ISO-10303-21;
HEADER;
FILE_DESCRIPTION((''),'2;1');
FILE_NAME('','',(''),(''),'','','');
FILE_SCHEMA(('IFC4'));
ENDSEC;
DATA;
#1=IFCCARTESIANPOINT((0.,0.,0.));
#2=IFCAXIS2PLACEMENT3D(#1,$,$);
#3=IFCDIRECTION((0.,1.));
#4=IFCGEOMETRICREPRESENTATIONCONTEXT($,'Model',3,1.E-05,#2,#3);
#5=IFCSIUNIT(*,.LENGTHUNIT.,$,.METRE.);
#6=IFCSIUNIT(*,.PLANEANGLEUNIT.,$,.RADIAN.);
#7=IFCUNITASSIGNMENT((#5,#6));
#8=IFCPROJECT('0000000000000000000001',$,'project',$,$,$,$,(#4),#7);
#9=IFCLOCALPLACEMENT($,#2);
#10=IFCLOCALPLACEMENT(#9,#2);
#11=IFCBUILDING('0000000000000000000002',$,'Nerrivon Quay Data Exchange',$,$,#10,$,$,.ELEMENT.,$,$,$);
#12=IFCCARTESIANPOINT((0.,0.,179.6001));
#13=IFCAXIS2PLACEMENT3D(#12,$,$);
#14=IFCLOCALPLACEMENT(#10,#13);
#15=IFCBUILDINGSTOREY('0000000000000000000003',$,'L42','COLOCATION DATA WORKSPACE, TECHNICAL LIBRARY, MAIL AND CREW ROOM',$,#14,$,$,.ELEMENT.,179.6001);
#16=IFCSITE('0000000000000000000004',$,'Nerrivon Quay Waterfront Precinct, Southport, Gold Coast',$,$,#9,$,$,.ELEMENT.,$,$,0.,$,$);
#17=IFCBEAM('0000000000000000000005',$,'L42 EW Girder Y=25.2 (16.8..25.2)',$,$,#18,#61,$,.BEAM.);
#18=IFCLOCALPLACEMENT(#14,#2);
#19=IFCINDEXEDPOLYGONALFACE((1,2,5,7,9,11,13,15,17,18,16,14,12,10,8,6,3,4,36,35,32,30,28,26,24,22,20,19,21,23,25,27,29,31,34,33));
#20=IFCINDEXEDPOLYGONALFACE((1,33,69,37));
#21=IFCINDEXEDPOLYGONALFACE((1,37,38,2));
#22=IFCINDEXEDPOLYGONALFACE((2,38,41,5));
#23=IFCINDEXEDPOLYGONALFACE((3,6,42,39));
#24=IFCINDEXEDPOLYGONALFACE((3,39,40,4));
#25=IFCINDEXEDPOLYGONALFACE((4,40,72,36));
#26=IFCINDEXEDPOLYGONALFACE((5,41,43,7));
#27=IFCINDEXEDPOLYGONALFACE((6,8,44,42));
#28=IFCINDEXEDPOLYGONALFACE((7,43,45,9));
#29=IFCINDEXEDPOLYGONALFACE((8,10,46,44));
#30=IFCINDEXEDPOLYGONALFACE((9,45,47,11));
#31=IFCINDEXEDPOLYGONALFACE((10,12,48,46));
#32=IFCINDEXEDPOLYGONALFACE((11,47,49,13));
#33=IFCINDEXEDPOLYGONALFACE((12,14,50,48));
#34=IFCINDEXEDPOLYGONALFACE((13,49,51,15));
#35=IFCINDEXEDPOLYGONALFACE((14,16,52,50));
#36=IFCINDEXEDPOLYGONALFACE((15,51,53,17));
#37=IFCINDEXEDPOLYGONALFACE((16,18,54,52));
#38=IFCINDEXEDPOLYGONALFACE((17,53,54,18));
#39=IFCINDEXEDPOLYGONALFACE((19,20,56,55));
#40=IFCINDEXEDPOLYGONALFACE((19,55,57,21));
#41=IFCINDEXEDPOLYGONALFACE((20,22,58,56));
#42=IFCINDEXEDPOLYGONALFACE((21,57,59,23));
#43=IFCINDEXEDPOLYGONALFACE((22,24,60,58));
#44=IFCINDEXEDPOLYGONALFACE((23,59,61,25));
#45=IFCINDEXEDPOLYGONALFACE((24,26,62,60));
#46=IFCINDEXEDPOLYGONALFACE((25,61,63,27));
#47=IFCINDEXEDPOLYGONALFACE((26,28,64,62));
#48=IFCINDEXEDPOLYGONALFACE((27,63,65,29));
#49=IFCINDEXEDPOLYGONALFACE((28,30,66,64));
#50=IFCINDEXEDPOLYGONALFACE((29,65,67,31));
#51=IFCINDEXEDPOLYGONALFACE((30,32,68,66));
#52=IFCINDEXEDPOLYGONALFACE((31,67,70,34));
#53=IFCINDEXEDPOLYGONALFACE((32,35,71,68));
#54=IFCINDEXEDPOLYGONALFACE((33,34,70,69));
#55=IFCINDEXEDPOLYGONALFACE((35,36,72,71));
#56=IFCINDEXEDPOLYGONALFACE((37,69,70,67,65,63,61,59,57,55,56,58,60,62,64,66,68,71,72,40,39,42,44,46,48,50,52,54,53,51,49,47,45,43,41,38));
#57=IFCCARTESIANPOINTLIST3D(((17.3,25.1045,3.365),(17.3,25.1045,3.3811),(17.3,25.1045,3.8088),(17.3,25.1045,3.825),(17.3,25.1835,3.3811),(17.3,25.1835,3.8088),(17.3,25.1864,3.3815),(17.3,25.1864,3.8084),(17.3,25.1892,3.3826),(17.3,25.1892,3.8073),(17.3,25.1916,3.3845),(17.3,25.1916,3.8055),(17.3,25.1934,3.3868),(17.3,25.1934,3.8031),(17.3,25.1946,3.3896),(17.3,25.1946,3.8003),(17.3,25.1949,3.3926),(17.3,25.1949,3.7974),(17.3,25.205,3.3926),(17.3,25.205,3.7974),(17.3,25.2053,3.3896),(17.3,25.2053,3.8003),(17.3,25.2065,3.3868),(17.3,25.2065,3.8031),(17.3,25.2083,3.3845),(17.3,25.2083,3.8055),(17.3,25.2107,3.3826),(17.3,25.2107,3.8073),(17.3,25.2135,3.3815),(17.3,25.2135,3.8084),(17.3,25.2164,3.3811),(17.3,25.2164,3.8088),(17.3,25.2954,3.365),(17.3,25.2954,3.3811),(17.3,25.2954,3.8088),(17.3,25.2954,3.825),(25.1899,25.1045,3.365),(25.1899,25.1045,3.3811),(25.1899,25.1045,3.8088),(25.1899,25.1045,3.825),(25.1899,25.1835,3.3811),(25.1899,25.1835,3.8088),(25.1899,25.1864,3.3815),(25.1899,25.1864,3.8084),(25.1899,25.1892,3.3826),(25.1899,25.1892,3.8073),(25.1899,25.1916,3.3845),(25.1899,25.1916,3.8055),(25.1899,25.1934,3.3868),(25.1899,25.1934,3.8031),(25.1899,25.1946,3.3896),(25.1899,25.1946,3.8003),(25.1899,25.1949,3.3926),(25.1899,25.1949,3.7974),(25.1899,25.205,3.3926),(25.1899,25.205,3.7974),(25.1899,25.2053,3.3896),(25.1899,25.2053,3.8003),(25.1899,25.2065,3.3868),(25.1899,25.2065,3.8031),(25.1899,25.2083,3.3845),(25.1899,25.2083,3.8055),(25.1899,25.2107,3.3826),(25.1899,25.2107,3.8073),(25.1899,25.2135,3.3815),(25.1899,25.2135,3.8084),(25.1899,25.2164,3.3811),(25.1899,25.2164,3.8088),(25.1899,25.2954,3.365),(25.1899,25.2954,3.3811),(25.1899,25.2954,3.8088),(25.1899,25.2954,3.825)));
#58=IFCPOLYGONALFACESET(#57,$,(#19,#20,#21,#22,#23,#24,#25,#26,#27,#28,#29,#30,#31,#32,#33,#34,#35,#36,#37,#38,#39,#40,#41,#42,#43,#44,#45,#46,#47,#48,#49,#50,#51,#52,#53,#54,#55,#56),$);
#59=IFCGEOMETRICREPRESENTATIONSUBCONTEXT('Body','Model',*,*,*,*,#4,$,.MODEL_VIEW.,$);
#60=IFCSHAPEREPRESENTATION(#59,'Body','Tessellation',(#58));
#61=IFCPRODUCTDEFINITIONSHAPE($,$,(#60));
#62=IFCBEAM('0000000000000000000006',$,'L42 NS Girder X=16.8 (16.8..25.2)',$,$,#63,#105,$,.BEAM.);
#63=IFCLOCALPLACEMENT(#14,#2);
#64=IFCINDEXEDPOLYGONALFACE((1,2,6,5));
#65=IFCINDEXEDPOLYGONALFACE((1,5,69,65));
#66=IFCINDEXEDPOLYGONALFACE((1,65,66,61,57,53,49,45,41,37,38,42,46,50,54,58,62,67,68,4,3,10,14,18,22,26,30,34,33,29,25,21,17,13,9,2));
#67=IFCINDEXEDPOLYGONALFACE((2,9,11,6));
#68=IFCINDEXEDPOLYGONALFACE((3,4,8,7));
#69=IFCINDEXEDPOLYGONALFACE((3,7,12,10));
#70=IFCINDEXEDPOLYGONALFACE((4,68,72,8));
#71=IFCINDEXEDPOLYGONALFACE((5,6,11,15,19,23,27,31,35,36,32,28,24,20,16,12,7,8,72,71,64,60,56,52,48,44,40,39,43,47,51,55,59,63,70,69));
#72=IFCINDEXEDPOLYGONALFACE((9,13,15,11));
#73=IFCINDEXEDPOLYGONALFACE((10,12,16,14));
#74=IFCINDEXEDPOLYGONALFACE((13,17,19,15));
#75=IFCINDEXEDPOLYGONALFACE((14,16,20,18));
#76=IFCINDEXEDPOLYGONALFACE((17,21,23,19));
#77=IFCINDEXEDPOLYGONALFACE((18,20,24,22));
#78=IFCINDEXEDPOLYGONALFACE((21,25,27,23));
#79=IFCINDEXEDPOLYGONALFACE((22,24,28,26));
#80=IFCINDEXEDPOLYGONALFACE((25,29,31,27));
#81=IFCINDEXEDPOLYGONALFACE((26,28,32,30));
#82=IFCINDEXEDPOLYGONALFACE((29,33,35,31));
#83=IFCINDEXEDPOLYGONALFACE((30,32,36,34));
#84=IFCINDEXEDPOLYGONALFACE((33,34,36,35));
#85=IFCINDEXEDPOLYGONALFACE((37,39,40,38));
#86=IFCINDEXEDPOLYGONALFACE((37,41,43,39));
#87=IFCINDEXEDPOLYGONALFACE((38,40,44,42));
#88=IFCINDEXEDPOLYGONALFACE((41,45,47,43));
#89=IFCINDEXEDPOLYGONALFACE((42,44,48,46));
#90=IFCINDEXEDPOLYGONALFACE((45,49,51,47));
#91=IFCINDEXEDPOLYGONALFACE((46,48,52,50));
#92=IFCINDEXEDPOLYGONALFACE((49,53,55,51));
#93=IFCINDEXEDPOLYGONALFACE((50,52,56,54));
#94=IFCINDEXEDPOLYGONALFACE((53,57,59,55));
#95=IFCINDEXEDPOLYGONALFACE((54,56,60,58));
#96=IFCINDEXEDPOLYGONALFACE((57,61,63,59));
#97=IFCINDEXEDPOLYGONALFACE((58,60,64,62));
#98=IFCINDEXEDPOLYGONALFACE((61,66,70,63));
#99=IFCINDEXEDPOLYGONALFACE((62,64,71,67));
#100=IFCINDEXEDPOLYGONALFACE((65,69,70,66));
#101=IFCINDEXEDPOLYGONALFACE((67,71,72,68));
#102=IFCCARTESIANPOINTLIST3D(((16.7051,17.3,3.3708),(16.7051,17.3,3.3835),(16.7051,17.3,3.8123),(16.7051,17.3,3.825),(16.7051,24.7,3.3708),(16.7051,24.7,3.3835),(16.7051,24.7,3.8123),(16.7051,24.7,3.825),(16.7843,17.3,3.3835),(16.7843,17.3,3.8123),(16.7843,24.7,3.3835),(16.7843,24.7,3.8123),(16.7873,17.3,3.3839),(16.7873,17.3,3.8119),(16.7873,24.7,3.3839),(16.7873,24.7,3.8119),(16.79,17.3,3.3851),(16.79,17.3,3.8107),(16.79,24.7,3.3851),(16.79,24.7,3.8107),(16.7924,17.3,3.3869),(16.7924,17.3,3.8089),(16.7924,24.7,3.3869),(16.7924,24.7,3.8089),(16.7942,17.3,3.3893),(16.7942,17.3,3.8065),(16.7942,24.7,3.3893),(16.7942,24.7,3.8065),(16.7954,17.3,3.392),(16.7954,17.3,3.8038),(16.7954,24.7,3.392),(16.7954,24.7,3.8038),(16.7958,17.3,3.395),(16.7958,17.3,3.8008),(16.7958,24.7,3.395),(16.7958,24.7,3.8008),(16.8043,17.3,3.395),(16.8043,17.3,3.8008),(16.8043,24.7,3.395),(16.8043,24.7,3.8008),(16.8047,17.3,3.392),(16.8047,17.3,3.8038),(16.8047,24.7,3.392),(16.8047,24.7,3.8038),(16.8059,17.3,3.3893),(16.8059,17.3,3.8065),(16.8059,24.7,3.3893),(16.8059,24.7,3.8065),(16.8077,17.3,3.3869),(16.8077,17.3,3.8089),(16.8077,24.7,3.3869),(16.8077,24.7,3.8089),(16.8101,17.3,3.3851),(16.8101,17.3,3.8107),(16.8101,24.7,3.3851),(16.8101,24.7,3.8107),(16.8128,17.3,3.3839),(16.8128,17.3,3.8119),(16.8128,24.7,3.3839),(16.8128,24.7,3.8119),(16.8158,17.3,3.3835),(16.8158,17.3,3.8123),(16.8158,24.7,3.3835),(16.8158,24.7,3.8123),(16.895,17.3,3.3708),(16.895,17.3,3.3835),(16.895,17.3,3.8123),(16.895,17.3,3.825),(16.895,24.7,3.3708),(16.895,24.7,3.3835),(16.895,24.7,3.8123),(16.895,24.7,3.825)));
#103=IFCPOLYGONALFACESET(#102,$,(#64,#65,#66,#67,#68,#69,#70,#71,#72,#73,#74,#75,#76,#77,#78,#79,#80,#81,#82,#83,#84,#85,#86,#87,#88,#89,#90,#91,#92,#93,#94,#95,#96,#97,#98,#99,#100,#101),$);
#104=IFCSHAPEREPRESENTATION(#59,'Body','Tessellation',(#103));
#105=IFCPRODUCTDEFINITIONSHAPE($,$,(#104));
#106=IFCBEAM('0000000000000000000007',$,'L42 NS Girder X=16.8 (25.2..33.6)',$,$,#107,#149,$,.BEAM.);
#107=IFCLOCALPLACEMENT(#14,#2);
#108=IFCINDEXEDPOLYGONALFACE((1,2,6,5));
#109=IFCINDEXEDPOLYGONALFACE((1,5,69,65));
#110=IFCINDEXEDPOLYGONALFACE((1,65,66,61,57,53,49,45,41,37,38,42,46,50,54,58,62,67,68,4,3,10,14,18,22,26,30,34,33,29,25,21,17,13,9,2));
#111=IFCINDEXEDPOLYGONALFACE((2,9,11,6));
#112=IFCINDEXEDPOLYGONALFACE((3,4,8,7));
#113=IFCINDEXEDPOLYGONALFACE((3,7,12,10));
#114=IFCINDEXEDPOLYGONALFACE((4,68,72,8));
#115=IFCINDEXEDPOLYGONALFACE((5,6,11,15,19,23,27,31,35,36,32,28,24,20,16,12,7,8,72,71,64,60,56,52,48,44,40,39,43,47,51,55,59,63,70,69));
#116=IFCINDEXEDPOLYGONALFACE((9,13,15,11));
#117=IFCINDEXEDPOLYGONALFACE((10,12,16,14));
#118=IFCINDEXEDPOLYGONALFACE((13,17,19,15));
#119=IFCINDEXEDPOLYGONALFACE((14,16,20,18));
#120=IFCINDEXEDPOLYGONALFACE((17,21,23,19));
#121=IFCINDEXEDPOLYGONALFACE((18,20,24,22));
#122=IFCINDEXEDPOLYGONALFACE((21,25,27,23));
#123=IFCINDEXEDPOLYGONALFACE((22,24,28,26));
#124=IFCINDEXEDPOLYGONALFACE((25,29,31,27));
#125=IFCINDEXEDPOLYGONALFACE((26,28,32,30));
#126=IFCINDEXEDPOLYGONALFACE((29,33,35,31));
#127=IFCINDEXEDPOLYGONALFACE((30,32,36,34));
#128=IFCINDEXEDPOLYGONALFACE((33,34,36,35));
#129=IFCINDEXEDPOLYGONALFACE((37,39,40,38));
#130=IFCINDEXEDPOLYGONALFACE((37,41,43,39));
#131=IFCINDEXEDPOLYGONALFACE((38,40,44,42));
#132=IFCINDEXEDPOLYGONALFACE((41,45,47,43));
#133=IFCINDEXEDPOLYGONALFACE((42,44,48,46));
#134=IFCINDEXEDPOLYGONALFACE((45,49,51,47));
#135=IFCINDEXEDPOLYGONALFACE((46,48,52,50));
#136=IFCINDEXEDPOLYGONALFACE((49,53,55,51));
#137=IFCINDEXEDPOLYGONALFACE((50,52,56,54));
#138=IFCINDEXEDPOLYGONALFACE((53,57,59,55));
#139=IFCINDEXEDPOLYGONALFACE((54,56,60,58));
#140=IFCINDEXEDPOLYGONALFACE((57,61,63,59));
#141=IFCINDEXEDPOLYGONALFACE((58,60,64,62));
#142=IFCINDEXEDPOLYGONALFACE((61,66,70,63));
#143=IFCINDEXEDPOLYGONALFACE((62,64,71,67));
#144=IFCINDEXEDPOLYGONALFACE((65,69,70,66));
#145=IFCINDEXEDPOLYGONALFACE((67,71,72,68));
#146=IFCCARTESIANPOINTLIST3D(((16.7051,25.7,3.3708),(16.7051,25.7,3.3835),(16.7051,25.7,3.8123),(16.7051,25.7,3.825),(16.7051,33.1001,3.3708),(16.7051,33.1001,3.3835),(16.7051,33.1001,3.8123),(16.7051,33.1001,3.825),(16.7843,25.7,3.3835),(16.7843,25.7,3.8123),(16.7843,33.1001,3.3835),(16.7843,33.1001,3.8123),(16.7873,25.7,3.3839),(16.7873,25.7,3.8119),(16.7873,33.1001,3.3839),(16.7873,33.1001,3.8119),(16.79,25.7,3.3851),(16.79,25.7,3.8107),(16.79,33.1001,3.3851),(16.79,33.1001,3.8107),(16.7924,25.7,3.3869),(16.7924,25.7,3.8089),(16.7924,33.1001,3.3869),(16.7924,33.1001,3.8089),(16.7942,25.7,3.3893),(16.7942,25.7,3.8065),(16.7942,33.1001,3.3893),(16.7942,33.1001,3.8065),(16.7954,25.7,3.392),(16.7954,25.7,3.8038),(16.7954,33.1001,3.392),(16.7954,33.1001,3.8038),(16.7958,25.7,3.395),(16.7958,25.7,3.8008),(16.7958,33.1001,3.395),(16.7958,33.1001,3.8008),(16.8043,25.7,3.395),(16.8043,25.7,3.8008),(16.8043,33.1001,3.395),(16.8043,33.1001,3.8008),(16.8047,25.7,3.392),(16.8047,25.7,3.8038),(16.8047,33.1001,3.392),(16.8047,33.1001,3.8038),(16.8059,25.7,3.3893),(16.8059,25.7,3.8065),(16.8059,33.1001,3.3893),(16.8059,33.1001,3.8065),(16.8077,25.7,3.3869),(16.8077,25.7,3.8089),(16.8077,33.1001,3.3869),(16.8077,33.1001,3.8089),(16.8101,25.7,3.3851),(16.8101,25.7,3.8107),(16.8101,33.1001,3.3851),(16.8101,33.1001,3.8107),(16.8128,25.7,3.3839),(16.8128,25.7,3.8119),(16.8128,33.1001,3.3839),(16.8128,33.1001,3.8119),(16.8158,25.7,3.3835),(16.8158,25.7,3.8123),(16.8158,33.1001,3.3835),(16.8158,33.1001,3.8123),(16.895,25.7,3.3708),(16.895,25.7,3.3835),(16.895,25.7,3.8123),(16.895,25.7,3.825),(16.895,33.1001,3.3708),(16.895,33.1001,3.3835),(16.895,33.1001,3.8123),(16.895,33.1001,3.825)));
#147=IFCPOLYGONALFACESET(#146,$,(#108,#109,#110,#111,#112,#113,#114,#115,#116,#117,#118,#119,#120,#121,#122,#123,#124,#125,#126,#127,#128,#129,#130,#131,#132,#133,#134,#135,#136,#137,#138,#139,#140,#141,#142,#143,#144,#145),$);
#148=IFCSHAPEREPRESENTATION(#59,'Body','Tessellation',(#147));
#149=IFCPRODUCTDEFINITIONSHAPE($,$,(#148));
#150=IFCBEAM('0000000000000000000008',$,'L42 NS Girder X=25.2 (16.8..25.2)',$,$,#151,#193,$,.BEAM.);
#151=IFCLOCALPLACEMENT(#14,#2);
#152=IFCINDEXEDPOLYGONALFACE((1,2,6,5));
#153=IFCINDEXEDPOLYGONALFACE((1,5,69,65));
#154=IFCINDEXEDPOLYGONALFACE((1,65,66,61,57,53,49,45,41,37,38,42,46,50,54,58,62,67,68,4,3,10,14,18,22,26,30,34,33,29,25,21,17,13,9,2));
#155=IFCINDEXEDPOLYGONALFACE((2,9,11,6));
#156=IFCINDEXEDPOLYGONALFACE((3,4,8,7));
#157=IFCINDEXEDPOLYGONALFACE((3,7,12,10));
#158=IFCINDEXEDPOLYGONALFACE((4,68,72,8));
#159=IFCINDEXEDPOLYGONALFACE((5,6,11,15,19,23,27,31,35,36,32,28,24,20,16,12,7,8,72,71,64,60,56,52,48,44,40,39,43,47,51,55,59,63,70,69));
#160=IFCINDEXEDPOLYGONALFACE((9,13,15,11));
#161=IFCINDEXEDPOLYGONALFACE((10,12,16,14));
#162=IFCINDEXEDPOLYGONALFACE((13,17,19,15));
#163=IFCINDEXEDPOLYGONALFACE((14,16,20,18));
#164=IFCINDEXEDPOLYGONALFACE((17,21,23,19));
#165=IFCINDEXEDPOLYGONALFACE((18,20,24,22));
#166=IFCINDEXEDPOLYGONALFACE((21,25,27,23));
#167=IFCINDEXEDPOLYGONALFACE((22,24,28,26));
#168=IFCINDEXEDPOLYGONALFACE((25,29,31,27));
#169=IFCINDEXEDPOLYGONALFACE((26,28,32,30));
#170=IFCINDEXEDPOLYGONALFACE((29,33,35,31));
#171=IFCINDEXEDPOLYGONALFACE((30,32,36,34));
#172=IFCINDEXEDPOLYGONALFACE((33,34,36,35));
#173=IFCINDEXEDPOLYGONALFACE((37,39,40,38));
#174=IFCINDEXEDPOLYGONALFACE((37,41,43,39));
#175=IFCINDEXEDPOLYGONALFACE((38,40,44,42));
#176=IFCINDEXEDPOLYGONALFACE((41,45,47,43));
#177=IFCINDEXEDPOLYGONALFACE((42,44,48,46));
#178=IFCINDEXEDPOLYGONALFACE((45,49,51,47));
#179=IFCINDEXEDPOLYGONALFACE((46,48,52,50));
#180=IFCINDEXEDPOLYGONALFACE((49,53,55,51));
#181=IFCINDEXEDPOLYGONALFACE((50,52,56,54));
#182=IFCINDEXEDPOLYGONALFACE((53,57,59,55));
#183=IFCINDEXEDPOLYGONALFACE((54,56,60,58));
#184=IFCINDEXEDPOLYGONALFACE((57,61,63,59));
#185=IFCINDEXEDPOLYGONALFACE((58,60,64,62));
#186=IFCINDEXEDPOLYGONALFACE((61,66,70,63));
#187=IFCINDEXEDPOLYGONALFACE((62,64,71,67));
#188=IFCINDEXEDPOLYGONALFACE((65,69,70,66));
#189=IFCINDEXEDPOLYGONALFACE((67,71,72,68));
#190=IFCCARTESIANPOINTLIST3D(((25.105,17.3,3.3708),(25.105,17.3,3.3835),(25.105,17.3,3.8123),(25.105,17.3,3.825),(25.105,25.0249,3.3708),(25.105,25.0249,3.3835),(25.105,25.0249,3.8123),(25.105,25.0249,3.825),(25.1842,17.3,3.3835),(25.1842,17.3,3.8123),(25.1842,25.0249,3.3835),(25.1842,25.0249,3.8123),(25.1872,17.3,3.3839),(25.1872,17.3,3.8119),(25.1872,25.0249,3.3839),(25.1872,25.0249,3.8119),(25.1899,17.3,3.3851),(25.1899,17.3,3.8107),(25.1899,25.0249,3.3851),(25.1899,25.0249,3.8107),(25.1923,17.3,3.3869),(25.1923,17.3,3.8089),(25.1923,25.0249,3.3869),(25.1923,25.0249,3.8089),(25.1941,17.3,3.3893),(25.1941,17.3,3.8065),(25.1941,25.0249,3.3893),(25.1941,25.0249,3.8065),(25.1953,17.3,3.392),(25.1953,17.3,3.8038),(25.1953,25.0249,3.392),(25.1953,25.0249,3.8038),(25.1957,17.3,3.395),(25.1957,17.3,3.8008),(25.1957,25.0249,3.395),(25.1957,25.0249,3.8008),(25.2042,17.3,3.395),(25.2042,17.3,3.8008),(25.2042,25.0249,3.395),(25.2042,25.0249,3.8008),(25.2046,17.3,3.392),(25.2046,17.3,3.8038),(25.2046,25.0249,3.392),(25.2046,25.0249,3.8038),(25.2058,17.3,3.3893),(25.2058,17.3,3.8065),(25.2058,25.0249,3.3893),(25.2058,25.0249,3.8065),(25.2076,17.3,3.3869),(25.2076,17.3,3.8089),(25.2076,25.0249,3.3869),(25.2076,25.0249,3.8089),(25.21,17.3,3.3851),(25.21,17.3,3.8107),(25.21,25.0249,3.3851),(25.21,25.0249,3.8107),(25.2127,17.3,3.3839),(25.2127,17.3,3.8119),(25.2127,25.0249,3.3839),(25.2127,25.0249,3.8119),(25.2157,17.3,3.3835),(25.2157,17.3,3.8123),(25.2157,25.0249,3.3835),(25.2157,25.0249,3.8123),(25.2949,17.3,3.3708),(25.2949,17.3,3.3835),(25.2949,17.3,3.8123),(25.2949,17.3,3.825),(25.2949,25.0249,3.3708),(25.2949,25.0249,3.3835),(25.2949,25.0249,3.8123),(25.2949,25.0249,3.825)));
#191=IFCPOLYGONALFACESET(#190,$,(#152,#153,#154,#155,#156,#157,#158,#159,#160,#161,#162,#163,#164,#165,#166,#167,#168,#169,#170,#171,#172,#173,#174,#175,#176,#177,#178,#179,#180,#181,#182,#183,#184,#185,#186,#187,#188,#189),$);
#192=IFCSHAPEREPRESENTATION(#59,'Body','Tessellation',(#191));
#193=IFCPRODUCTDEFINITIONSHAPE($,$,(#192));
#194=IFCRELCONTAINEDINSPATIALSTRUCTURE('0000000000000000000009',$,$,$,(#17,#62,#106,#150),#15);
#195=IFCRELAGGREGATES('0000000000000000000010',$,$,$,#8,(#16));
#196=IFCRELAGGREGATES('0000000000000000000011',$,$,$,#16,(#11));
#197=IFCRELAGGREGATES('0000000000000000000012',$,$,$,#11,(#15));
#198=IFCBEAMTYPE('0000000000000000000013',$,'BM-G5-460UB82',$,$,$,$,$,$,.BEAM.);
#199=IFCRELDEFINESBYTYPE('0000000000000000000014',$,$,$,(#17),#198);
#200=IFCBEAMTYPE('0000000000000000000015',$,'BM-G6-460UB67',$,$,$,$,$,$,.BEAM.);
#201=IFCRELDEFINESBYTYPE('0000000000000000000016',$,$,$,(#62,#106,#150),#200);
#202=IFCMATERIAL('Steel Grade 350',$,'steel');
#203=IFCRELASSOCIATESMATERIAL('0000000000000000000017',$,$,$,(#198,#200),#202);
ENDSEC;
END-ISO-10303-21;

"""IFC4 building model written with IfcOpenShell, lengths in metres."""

from ifc_helpers import new_model, si_unit, direction, frame, origin, origin_2d, place, context, subcontext, project, spatial, i_section, extrude, material, material_profile, profile_set, type_object, element, save


model = new_model("IFC4")

# Units and contexts
model_context = context("Model", 3, precision=1e-05, world=origin(), true_north=direction((0.0, 1.0)))
body_context = subcontext(model_context, "Body", "Model", "MODEL_VIEW")
ifc_project = project(units=[si_unit("LENGTHUNIT", "METRE"), si_unit("PLANEANGLEUNIT", "RADIAN")], contexts=[model_context])

# Site, building, storey
site_placement = place(None, origin())
site = spatial("IfcSite", under=ifc_project, at=site_placement, Name="Nerrivon Quay Waterfront Precinct, Southport, Gold Coast", CompositionType="ELEMENT", RefElevation=0.0)
building_placement = place(site_placement, origin())
building = spatial("IfcBuilding", under=site, at=building_placement, Name="Nerrivon Quay Data Exchange", CompositionType="ELEMENT")
storey_placement = place(building_placement, frame((0.0, 0.0, 179.6001)))
storey = spatial("IfcBuildingStorey", under=building, at=storey_placement, Name="L42", Description="COLOCATION DATA WORKSPACE, TECHNICAL LIBRARY, MAIL AND CREW ROOM", CompositionType="ELEMENT", Elevation=179.6001)

# Shared definitions
ifc_material_1 = material(Name="Steel Grade 350", Category="steel")

# Beams
ifc_material_profile_1 = material_profile(ifc_material_1, i_section(OverallWidth=0.1909, OverallDepth=0.46, WebThickness=0.01, FlangeThickness=0.0161, FilletRadius=0.0115, at=origin_2d()), Name="460UB82.1")
ifc_profile_set_1 = profile_set([ifc_material_profile_1], Name="Steel Grade 350")
beam_type_1 = type_object("IfcBeamType", Name="BM-G5-460UB82", PredefinedType="BEAM", material=ifc_profile_set_1)
beam_1_placement = place(storey_placement, frame((17.3, 25.2, 3.595), z_axis=(1.0, 0.0, 0.0), x_axis=(0.0, 1.0, 0.0)))
element("IfcBeam", 1, at=beam_1_placement, inside=storey, type_object=beam_type_1, Name="L42 EW Girder Y=25.2 (16.8..25.2)", PredefinedType="BEAM", context=body_context, shape_type="SweptSolid", body=[
    extrude(i_section(OverallWidth=0.1909, OverallDepth=0.46, WebThickness=0.01, FlangeThickness=0.0161, FilletRadius=0.0115, at=origin_2d()), origin(), (0.0, 0.0, 1.0), 7.8899),
])
ifc_material_profile_2 = material_profile(ifc_material_1, i_section(OverallWidth=0.1899, OverallDepth=0.4541, WebThickness=0.0085, FlangeThickness=0.0127, FilletRadius=0.0115, at=origin_2d()), Name="460UB67.1")
ifc_profile_set_2 = profile_set([ifc_material_profile_2], Name="Steel Grade 350")
beam_type_2 = type_object("IfcBeamType", Name="BM-G6-460UB67", PredefinedType="BEAM", material=ifc_profile_set_2)
beam_2_placement = place(storey_placement, frame((16.8, 17.3, 3.5979), z_axis=(0.0, 1.0, 0.0), x_axis=(-1.0, 0.0, 0.0)))
element("IfcBeam", 2, at=beam_2_placement, inside=storey, type_object=beam_type_2, Name="L42 NS Girder X=16.8 (16.8..25.2)", PredefinedType="BEAM", context=body_context, shape_type="SweptSolid", body=[
    extrude(i_section(OverallWidth=0.1899, OverallDepth=0.4541, WebThickness=0.0085, FlangeThickness=0.0127, FilletRadius=0.0115, at=origin_2d()), origin(), (0.0, 0.0, 1.0), 7.3999),
])
beam_3_placement = place(storey_placement, frame((16.8, 25.7, 3.5979), z_axis=(0.0, 1.0, 0.0), x_axis=(-1.0, 0.0, 0.0)))
element("IfcBeam", 3, at=beam_3_placement, inside=storey, type_object=beam_type_2, Name="L42 NS Girder X=16.8 (25.2..33.6)", PredefinedType="BEAM", context=body_context, shape_type="SweptSolid", body=[
    extrude(i_section(OverallWidth=0.1899, OverallDepth=0.4541, WebThickness=0.0085, FlangeThickness=0.0127, FilletRadius=0.0115, at=origin_2d()), origin(), (0.0, 0.0, 1.0), 7.4001),
])
beam_4_placement = place(storey_placement, frame((25.2, 17.3, 3.5979), z_axis=(0.0, 1.0, 0.0), x_axis=(-1.0, 0.0, 0.0)))
element("IfcBeam", 4, at=beam_4_placement, inside=storey, type_object=beam_type_2, Name="L42 NS Girder X=25.2 (16.8..25.2)", PredefinedType="BEAM", context=body_context, shape_type="SweptSolid", body=[
    extrude(i_section(OverallWidth=0.1899, OverallDepth=0.4541, WebThickness=0.0085, FlangeThickness=0.0127, FilletRadius=0.0115, at=origin_2d()), origin(), (0.0, 0.0, 1.0), 7.7249),
])

save(model, "model.ifc")
